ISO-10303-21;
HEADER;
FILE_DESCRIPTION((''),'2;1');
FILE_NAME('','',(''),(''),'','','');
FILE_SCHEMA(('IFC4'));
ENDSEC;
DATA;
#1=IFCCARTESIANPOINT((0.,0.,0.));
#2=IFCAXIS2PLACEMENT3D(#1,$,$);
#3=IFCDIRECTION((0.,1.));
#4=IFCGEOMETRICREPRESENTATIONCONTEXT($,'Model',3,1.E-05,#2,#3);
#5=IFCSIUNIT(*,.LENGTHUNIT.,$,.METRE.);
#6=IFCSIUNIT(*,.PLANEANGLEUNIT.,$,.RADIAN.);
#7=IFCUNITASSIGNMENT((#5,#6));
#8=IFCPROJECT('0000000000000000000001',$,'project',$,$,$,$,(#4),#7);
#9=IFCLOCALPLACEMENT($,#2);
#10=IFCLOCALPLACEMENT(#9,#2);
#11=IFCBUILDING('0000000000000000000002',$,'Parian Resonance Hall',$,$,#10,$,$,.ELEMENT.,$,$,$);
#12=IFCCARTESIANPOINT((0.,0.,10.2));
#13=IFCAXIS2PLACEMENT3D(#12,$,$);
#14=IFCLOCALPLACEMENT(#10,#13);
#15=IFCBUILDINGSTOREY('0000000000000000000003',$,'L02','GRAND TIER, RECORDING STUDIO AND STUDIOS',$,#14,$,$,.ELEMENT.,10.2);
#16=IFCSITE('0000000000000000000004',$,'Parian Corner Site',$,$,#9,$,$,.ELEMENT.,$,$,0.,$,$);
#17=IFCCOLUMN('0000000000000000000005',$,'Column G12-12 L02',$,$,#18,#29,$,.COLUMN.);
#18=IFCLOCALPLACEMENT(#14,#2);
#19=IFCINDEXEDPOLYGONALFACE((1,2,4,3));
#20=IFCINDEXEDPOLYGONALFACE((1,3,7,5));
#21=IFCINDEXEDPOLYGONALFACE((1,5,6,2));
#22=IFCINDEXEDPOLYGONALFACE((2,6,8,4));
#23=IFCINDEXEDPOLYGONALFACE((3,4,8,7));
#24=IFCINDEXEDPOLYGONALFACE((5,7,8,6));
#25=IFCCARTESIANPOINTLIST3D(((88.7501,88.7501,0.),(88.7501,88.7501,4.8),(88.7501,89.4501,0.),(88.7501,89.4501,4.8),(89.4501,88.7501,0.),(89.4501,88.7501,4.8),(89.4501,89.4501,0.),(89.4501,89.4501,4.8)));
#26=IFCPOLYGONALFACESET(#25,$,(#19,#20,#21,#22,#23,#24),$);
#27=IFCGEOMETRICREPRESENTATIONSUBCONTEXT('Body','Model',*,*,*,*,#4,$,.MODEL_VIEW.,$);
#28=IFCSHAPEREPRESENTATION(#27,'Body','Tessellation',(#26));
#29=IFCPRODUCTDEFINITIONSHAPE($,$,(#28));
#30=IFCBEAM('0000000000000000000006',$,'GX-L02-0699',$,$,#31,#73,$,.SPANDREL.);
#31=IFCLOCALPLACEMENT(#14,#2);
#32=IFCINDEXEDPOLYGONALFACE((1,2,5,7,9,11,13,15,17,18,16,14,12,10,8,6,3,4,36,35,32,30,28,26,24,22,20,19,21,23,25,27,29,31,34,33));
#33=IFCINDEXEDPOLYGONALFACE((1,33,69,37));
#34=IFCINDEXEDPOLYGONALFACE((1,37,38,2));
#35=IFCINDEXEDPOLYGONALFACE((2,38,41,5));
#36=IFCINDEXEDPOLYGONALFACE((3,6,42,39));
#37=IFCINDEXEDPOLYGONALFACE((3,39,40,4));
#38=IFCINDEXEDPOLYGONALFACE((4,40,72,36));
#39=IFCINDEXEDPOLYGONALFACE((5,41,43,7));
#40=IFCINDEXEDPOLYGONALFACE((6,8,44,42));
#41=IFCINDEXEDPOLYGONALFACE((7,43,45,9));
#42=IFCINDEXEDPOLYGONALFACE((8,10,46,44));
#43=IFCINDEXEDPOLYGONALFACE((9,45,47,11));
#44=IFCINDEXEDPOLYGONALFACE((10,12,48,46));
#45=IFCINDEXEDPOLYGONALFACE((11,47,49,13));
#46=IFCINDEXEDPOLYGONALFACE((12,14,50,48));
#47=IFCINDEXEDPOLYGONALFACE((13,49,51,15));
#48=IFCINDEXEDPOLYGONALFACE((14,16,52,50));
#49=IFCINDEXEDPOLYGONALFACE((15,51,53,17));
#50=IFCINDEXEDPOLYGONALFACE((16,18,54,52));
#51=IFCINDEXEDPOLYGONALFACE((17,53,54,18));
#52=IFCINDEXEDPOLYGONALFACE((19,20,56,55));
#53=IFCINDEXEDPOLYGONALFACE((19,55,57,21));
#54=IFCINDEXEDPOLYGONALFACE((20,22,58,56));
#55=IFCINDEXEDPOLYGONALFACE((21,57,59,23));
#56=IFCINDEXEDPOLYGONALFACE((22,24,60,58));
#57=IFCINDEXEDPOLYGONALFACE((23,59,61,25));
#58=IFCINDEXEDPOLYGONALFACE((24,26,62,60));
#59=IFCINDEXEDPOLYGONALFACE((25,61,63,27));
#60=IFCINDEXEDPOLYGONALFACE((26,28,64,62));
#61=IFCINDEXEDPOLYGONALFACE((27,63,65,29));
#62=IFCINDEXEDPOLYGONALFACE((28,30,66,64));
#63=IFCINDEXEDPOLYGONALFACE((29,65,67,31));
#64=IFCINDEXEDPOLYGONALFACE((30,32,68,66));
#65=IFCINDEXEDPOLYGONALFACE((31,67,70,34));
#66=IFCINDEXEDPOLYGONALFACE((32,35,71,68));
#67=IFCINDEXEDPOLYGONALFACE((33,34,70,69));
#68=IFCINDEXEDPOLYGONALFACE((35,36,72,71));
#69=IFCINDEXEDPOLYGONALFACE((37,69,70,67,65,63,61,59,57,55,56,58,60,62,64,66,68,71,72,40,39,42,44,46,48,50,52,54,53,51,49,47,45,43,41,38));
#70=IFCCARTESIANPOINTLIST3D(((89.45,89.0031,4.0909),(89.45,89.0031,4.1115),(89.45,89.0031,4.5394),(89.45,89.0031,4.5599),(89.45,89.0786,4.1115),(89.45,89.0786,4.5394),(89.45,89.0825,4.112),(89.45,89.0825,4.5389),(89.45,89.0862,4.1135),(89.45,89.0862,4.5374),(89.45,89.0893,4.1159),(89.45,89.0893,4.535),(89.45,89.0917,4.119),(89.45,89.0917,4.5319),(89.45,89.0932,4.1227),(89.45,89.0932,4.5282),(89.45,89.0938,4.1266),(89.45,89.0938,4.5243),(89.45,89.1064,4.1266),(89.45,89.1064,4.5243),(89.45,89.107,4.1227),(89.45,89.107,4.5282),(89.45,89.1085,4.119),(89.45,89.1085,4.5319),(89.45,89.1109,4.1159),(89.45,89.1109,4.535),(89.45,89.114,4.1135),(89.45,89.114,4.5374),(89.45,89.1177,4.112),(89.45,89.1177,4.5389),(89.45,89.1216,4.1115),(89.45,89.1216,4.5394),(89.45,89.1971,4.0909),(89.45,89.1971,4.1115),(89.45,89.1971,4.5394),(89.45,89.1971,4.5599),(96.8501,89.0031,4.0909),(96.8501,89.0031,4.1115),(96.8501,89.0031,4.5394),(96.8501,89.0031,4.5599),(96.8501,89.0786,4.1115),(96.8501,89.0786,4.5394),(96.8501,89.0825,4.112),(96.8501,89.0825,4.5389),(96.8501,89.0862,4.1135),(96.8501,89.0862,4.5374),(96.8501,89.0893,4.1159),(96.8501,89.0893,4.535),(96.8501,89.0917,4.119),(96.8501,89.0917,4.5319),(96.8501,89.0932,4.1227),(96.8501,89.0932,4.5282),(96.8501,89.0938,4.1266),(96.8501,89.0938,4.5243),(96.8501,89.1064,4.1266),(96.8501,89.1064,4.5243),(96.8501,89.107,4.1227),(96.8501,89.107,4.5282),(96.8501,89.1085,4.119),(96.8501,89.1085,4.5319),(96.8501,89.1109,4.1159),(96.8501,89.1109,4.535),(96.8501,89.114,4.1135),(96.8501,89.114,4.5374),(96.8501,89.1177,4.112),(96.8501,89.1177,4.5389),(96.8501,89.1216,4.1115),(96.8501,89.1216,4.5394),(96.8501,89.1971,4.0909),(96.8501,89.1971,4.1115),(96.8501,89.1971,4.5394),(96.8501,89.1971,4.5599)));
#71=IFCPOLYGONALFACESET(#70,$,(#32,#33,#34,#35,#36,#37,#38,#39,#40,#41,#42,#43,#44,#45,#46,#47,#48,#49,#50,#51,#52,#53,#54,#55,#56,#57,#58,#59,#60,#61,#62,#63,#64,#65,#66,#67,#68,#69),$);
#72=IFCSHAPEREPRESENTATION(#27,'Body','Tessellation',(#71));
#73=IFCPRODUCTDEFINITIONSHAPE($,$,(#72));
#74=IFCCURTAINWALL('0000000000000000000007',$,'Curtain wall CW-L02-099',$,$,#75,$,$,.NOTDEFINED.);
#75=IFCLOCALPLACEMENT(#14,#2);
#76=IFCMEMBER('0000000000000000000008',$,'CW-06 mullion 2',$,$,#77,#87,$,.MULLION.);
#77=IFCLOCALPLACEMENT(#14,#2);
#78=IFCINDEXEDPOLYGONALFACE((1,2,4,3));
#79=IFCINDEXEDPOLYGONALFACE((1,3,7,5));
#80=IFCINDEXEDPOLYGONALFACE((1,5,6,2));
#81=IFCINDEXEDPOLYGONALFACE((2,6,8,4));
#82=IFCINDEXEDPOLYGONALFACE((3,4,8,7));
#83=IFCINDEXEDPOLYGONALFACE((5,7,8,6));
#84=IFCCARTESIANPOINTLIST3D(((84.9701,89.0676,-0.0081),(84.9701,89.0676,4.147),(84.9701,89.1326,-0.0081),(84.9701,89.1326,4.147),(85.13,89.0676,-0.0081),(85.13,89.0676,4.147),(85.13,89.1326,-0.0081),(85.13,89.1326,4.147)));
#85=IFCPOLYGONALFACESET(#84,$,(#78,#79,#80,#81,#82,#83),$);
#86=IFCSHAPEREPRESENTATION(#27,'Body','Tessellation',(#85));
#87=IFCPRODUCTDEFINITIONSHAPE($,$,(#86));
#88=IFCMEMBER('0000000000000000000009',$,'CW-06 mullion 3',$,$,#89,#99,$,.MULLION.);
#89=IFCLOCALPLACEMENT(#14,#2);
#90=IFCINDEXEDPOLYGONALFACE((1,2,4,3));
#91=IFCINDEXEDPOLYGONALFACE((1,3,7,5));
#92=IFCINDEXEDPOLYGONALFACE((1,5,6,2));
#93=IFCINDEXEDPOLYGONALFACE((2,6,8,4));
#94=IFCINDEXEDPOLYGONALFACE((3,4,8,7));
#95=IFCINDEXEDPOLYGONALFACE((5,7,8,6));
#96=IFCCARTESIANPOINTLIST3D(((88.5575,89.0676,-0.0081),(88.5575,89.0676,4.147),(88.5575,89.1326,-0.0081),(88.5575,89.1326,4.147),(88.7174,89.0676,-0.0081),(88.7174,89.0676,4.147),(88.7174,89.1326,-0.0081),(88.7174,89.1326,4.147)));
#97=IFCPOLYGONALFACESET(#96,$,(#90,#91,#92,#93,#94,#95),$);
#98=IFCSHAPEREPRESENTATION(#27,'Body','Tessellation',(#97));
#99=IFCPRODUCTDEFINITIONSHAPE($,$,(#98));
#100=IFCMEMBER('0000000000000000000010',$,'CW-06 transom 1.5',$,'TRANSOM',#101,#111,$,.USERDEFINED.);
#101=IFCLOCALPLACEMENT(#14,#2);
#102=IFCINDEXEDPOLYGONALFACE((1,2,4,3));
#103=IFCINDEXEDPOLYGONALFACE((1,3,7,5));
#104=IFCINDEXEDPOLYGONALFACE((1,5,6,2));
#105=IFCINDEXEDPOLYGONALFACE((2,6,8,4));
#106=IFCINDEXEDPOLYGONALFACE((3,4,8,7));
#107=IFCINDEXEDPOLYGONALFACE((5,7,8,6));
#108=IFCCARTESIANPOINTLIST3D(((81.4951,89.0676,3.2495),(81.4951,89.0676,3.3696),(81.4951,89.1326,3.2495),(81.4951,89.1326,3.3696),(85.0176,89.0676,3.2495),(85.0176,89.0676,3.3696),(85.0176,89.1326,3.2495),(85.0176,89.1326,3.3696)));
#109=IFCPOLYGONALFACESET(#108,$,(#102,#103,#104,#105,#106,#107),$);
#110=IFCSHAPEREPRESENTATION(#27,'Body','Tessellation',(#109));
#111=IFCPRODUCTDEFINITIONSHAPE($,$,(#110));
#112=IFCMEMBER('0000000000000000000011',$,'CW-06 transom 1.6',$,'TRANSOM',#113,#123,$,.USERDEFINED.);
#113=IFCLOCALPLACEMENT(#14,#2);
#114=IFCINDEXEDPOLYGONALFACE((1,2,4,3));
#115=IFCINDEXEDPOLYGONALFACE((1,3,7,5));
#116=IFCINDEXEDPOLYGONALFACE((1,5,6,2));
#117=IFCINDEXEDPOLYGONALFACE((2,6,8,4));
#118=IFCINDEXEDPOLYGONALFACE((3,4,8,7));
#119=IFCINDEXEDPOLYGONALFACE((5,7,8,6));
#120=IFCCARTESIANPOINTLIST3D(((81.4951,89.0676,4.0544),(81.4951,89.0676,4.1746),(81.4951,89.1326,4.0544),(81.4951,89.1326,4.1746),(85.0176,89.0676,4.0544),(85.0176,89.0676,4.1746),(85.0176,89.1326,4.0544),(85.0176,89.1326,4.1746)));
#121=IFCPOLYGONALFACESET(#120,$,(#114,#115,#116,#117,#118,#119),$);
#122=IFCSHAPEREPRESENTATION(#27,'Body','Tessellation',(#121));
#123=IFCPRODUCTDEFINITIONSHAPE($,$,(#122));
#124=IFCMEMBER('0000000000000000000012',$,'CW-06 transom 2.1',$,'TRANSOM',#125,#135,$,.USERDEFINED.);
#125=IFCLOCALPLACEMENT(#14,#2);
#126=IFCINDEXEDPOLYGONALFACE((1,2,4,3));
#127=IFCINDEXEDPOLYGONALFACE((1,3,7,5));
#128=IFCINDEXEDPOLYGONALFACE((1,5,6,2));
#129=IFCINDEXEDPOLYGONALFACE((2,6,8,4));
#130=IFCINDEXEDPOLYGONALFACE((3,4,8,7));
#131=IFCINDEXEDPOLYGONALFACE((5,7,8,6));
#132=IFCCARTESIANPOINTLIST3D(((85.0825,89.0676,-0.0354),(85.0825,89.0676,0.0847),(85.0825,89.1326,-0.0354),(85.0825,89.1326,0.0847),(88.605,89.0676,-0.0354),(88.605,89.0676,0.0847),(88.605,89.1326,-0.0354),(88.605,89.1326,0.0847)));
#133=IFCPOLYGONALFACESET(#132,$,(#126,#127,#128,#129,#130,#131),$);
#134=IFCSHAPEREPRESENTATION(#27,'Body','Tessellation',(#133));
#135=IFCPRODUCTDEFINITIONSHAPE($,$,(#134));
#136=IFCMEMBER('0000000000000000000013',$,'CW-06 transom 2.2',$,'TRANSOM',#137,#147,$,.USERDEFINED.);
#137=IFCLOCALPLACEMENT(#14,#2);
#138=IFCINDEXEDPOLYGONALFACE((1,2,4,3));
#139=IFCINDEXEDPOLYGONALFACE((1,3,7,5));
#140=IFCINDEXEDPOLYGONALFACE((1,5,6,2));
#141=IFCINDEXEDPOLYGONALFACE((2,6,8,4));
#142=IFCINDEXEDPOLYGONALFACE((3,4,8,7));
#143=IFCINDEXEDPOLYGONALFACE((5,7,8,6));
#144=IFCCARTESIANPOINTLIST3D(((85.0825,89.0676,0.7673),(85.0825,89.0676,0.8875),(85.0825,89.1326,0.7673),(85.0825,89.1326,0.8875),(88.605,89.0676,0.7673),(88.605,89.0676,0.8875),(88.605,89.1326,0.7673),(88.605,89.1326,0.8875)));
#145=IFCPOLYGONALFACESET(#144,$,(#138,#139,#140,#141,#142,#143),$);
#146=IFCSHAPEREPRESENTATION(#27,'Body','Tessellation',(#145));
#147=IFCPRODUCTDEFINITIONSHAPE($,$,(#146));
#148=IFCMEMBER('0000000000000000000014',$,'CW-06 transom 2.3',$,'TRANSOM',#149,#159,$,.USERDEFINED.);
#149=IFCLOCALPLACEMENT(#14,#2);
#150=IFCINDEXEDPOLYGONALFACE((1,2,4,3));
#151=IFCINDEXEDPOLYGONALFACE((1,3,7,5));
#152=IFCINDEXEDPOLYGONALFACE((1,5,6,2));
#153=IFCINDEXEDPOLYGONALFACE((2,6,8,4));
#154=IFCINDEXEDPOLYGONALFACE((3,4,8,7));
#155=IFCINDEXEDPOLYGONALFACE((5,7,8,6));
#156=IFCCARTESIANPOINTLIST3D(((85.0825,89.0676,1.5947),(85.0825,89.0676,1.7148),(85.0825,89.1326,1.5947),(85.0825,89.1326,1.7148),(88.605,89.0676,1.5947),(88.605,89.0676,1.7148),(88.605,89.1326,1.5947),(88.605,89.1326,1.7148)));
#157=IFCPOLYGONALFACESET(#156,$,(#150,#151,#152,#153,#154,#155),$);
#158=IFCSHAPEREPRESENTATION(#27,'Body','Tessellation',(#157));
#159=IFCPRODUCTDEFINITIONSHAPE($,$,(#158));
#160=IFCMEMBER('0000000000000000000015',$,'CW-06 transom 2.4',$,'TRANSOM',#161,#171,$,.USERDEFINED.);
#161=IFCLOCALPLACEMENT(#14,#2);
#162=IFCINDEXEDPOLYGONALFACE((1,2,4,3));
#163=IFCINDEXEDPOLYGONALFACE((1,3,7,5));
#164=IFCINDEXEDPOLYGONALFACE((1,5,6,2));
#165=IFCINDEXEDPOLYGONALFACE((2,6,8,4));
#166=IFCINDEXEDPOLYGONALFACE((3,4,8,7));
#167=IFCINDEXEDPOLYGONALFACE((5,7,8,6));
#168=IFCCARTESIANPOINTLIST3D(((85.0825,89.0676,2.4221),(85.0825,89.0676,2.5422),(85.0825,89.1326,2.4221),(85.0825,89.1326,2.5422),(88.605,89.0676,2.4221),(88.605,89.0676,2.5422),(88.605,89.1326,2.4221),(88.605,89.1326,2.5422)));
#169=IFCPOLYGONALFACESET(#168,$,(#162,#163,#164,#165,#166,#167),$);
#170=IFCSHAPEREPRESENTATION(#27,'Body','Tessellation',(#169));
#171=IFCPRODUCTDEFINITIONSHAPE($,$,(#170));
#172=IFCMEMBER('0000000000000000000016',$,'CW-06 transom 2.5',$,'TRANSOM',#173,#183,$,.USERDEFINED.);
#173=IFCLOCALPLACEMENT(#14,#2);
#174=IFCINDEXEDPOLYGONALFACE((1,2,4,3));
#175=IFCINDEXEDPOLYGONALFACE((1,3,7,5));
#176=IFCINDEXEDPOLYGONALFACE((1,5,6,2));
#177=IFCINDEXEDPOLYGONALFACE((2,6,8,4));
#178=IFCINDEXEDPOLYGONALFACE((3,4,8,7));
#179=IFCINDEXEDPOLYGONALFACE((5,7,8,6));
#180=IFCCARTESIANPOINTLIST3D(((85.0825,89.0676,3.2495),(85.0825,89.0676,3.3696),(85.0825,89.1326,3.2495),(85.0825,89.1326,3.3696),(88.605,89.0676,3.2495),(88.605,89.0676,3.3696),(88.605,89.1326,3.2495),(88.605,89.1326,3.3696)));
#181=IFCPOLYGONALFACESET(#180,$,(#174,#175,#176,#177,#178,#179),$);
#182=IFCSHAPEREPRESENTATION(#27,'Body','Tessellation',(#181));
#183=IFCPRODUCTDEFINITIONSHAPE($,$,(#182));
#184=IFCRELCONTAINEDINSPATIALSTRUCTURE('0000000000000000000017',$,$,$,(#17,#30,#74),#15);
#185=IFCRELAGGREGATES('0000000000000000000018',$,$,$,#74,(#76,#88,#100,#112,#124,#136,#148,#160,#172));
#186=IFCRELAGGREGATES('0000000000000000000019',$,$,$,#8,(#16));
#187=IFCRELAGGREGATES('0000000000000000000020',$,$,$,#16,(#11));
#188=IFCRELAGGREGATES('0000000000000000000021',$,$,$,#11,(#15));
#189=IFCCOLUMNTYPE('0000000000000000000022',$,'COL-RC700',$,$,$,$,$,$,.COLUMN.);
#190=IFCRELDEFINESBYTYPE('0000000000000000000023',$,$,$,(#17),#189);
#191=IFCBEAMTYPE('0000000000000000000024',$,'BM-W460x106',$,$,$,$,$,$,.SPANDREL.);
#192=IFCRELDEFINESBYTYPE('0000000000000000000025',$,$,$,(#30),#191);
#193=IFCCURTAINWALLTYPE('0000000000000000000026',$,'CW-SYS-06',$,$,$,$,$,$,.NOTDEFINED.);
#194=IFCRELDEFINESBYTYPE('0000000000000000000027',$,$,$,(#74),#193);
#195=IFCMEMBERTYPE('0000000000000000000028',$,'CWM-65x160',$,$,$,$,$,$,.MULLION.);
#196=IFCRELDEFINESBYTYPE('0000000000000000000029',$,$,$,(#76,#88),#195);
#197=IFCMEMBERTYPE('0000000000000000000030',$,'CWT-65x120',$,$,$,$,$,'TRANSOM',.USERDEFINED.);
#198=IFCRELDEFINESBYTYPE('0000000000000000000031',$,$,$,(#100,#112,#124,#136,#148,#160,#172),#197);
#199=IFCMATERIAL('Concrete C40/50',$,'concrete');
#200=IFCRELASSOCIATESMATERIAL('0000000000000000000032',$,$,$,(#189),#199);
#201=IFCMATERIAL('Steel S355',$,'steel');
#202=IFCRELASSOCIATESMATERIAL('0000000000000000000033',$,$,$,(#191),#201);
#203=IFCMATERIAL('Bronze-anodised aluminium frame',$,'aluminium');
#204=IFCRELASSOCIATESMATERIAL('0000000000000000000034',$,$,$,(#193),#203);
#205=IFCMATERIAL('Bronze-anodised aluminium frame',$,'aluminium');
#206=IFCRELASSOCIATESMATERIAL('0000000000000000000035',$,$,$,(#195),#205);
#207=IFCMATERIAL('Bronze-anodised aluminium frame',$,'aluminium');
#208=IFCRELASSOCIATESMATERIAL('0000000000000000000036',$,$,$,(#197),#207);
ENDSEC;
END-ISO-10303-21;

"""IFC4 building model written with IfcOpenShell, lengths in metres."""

from ifc_helpers import new_model, si_unit, direction, frame, origin, origin_2d, place, context, subcontext, project, spatial, rectangle, i_section, extrude, material, material_profile, profile_set, type_object, element, aggregate, save


model = new_model("IFC4")

# Units and contexts
model_context = context("Model", 3, precision=1e-05, world=origin(), true_north=direction((0.0, 1.0)))
body_context = subcontext(model_context, "Body", "Model", "MODEL_VIEW")
ifc_project = project(units=[si_unit("LENGTHUNIT", "METRE"), si_unit("PLANEANGLEUNIT", "RADIAN")], contexts=[model_context])

# Site, building, storey
site_placement = place(None, origin())
site = spatial("IfcSite", under=ifc_project, at=site_placement, Name="Parian Corner Site", CompositionType="ELEMENT", RefElevation=0.0)
building_placement = place(site_placement, origin())
building = spatial("IfcBuilding", under=site, at=building_placement, Name="Parian Resonance Hall", CompositionType="ELEMENT")
storey_placement = place(building_placement, frame((0.0, 0.0, 10.2)))
storey = spatial("IfcBuildingStorey", under=building, at=storey_placement, Name="L02", Description="GRAND TIER, RECORDING STUDIO AND STUDIOS", CompositionType="ELEMENT", Elevation=10.2)

# Column
ifc_material_1 = material(Name="Concrete C40/50", Category="concrete")
ifc_material_profile_1 = material_profile(ifc_material_1, rectangle(XDim=0.7, YDim=0.7, at=origin_2d()), Name="RC-COL-700x700")
ifc_profile_set_1 = profile_set([ifc_material_profile_1], Name="Concrete C40/50")
column_type = type_object("IfcColumnType", Name="COL-RC700", PredefinedType="COLUMN", material=ifc_profile_set_1)
column_placement = place(storey_placement, frame((89.1001, 89.1001, 0.0), z_axis=(0.0, 0.0, 1.0), x_axis=(1.0, 0.0, 0.0)))
element("IfcColumn", 1, at=column_placement, inside=storey, type_object=column_type, Name="Column G12-12 L02", PredefinedType="COLUMN", context=body_context, shape_type="SweptSolid", body=[
    extrude(rectangle(XDim=0.7, YDim=0.7, at=origin_2d()), origin(), (0.0, 0.0, 1.0), 4.8),
])

# Beam
ifc_material_2 = material(Name="Steel S355", Category="steel")
ifc_material_profile_2 = material_profile(ifc_material_2, i_section(OverallWidth=0.1941, OverallDepth=0.469, WebThickness=0.0127, FlangeThickness=0.0205, FilletRadius=0.0151, at=origin_2d()), Name="W460x106")
ifc_profile_set_2 = profile_set([ifc_material_profile_2], Name="Steel S355")
beam_type = type_object("IfcBeamType", Name="BM-W460x106", PredefinedType="SPANDREL", material=ifc_profile_set_2)
beam_placement = place(storey_placement, frame((89.45, 89.1001, 4.3254), z_axis=(1.0, 0.0, 0.0), x_axis=(0.0, 1.0, 0.0)))
element("IfcBeam", 2, at=beam_placement, inside=storey, type_object=beam_type, Name="GX-L02-0699", PredefinedType="SPANDREL", context=body_context, shape_type="SweptSolid", body=[
    extrude(i_section(OverallWidth=0.1941, OverallDepth=0.469, WebThickness=0.0127, FlangeThickness=0.0205, FilletRadius=0.0151, at=origin_2d()), origin(), (0.0, 0.0, 1.0), 7.4001),
])

# Curtain wall, members
ifc_material_3 = material(Name="Bronze-anodised aluminium frame", Category="aluminium")
curtain_wall_type = type_object("IfcCurtainWallType", Name="CW-SYS-06", PredefinedType="NOTDEFINED", material=ifc_material_3)
curtain_wall_placement = place(storey_placement, origin())
curtain_wall = element("IfcCurtainWall", 3, at=curtain_wall_placement, inside=storey, type_object=curtain_wall_type, Name="Curtain wall CW-L02-099", PredefinedType="NOTDEFINED")
ifc_material_4 = material(Name="Bronze-anodised aluminium frame", Category="aluminium")
ifc_material_profile_3 = material_profile(ifc_material_4, rectangle(XDim=0.0649, YDim=0.1599, at=origin_2d()), Name="CWM-65x160")
ifc_profile_set_3 = profile_set([ifc_material_profile_3], Name="Bronze-anodised aluminium frame")
member_type_1 = type_object("IfcMemberType", Name="CWM-65x160", PredefinedType="MULLION", material=ifc_profile_set_3)
member_1_placement = place(storey_placement, frame((85.05, 89.1001, -0.0081), z_axis=(0.0, 0.0, 1.0), x_axis=(0.0, 1.0, 0.0)))
member_1 = element("IfcMember", 4, at=member_1_placement, type_object=member_type_1, Name="CW-06 mullion 2", PredefinedType="MULLION", context=body_context, shape_type="SweptSolid", body=[
    extrude(rectangle(XDim=0.0649, YDim=0.1599, at=origin_2d()), origin(), (0.0, 0.0, 1.0), 4.155),
])
member_2_placement = place(storey_placement, frame((88.6375, 89.1001, -0.0081), z_axis=(0.0, 0.0, 1.0), x_axis=(0.0, 1.0, 0.0)))
member_2 = element("IfcMember", 5, at=member_2_placement, type_object=member_type_1, Name="CW-06 mullion 3", PredefinedType="MULLION", context=body_context, shape_type="SweptSolid", body=[
    extrude(rectangle(XDim=0.0649, YDim=0.1599, at=origin_2d()), origin(), (0.0, 0.0, 1.0), 4.155),
])
ifc_material_5 = material(Name="Bronze-anodised aluminium frame", Category="aluminium")
ifc_material_profile_4 = material_profile(ifc_material_5, rectangle(XDim=0.0649, YDim=0.1201, at=origin_2d()), Name="CWT-65x120")
ifc_profile_set_4 = profile_set([ifc_material_profile_4], Name="Bronze-anodised aluminium frame")
member_type_2 = type_object("IfcMemberType", Name="CWT-65x120", ElementType="TRANSOM", PredefinedType="USERDEFINED", material=ifc_profile_set_4)
member_3_placement = place(storey_placement, frame((81.4951, 89.1001, 3.3096), z_axis=(1.0, 0.0, 0.0), x_axis=(0.0, 1.0, 0.0)))
member_3 = element("IfcMember", 6, at=member_3_placement, type_object=member_type_2, Name="CW-06 transom 1.5", ObjectType="TRANSOM", PredefinedType="USERDEFINED", context=body_context, shape_type="SweptSolid", body=[
    extrude(rectangle(XDim=0.0649, YDim=0.1201, at=origin_2d()), origin(), (0.0, 0.0, 1.0), 3.5225),
])
member_4_placement = place(storey_placement, frame((81.4951, 89.1001, 4.1145), z_axis=(1.0, 0.0, 0.0), x_axis=(0.0, 1.0, 0.0)))
member_4 = element("IfcMember", 7, at=member_4_placement, type_object=member_type_2, Name="CW-06 transom 1.6", ObjectType="TRANSOM", PredefinedType="USERDEFINED", context=body_context, shape_type="SweptSolid", body=[
    extrude(rectangle(XDim=0.0649, YDim=0.1201, at=origin_2d()), origin(), (0.0, 0.0, 1.0), 3.5225),
])
member_5_placement = place(storey_placement, frame((85.0825, 89.1001, 0.0247), z_axis=(1.0, 0.0, 0.0), x_axis=(0.0, 1.0, 0.0)))
member_5 = element("IfcMember", 8, at=member_5_placement, type_object=member_type_2, Name="CW-06 transom 2.1", ObjectType="TRANSOM", PredefinedType="USERDEFINED", context=body_context, shape_type="SweptSolid", body=[
    extrude(rectangle(XDim=0.0649, YDim=0.1201, at=origin_2d()), origin(), (0.0, 0.0, 1.0), 3.5225),
])
member_6_placement = place(storey_placement, frame((85.0825, 89.1001, 0.8274), z_axis=(1.0, 0.0, 0.0), x_axis=(0.0, 1.0, 0.0)))
member_6 = element("IfcMember", 9, at=member_6_placement, type_object=member_type_2, Name="CW-06 transom 2.2", ObjectType="TRANSOM", PredefinedType="USERDEFINED", context=body_context, shape_type="SweptSolid", body=[
    extrude(rectangle(XDim=0.0649, YDim=0.1201, at=origin_2d()), origin(), (0.0, 0.0, 1.0), 3.5225),
])
member_7_placement = place(storey_placement, frame((85.0825, 89.1001, 1.6548), z_axis=(1.0, 0.0, 0.0), x_axis=(0.0, 1.0, 0.0)))
member_7 = element("IfcMember", 10, at=member_7_placement, type_object=member_type_2, Name="CW-06 transom 2.3", ObjectType="TRANSOM", PredefinedType="USERDEFINED", context=body_context, shape_type="SweptSolid", body=[
    extrude(rectangle(XDim=0.0649, YDim=0.1201, at=origin_2d()), origin(), (0.0, 0.0, 1.0), 3.5225),
])
member_8_placement = place(storey_placement, frame((85.0825, 89.1001, 2.4822), z_axis=(1.0, 0.0, 0.0), x_axis=(0.0, 1.0, 0.0)))
member_8 = element("IfcMember", 11, at=member_8_placement, type_object=member_type_2, Name="CW-06 transom 2.4", ObjectType="TRANSOM", PredefinedType="USERDEFINED", context=body_context, shape_type="SweptSolid", body=[
    extrude(rectangle(XDim=0.0649, YDim=0.1201, at=origin_2d()), origin(), (0.0, 0.0, 1.0), 3.5225),
])
member_9_placement = place(storey_placement, frame((85.0825, 89.1001, 3.3096), z_axis=(1.0, 0.0, 0.0), x_axis=(0.0, 1.0, 0.0)))
member_9 = element("IfcMember", 12, at=member_9_placement, type_object=member_type_2, Name="CW-06 transom 2.5", ObjectType="TRANSOM", PredefinedType="USERDEFINED", context=body_context, shape_type="SweptSolid", body=[
    extrude(rectangle(XDim=0.0649, YDim=0.1201, at=origin_2d()), origin(), (0.0, 0.0, 1.0), 3.5225),
])
aggregate(curtain_wall, [member_1, member_2, member_3, member_4, member_5, member_6, member_7, member_8, member_9])

save(model, "model.ifc")
